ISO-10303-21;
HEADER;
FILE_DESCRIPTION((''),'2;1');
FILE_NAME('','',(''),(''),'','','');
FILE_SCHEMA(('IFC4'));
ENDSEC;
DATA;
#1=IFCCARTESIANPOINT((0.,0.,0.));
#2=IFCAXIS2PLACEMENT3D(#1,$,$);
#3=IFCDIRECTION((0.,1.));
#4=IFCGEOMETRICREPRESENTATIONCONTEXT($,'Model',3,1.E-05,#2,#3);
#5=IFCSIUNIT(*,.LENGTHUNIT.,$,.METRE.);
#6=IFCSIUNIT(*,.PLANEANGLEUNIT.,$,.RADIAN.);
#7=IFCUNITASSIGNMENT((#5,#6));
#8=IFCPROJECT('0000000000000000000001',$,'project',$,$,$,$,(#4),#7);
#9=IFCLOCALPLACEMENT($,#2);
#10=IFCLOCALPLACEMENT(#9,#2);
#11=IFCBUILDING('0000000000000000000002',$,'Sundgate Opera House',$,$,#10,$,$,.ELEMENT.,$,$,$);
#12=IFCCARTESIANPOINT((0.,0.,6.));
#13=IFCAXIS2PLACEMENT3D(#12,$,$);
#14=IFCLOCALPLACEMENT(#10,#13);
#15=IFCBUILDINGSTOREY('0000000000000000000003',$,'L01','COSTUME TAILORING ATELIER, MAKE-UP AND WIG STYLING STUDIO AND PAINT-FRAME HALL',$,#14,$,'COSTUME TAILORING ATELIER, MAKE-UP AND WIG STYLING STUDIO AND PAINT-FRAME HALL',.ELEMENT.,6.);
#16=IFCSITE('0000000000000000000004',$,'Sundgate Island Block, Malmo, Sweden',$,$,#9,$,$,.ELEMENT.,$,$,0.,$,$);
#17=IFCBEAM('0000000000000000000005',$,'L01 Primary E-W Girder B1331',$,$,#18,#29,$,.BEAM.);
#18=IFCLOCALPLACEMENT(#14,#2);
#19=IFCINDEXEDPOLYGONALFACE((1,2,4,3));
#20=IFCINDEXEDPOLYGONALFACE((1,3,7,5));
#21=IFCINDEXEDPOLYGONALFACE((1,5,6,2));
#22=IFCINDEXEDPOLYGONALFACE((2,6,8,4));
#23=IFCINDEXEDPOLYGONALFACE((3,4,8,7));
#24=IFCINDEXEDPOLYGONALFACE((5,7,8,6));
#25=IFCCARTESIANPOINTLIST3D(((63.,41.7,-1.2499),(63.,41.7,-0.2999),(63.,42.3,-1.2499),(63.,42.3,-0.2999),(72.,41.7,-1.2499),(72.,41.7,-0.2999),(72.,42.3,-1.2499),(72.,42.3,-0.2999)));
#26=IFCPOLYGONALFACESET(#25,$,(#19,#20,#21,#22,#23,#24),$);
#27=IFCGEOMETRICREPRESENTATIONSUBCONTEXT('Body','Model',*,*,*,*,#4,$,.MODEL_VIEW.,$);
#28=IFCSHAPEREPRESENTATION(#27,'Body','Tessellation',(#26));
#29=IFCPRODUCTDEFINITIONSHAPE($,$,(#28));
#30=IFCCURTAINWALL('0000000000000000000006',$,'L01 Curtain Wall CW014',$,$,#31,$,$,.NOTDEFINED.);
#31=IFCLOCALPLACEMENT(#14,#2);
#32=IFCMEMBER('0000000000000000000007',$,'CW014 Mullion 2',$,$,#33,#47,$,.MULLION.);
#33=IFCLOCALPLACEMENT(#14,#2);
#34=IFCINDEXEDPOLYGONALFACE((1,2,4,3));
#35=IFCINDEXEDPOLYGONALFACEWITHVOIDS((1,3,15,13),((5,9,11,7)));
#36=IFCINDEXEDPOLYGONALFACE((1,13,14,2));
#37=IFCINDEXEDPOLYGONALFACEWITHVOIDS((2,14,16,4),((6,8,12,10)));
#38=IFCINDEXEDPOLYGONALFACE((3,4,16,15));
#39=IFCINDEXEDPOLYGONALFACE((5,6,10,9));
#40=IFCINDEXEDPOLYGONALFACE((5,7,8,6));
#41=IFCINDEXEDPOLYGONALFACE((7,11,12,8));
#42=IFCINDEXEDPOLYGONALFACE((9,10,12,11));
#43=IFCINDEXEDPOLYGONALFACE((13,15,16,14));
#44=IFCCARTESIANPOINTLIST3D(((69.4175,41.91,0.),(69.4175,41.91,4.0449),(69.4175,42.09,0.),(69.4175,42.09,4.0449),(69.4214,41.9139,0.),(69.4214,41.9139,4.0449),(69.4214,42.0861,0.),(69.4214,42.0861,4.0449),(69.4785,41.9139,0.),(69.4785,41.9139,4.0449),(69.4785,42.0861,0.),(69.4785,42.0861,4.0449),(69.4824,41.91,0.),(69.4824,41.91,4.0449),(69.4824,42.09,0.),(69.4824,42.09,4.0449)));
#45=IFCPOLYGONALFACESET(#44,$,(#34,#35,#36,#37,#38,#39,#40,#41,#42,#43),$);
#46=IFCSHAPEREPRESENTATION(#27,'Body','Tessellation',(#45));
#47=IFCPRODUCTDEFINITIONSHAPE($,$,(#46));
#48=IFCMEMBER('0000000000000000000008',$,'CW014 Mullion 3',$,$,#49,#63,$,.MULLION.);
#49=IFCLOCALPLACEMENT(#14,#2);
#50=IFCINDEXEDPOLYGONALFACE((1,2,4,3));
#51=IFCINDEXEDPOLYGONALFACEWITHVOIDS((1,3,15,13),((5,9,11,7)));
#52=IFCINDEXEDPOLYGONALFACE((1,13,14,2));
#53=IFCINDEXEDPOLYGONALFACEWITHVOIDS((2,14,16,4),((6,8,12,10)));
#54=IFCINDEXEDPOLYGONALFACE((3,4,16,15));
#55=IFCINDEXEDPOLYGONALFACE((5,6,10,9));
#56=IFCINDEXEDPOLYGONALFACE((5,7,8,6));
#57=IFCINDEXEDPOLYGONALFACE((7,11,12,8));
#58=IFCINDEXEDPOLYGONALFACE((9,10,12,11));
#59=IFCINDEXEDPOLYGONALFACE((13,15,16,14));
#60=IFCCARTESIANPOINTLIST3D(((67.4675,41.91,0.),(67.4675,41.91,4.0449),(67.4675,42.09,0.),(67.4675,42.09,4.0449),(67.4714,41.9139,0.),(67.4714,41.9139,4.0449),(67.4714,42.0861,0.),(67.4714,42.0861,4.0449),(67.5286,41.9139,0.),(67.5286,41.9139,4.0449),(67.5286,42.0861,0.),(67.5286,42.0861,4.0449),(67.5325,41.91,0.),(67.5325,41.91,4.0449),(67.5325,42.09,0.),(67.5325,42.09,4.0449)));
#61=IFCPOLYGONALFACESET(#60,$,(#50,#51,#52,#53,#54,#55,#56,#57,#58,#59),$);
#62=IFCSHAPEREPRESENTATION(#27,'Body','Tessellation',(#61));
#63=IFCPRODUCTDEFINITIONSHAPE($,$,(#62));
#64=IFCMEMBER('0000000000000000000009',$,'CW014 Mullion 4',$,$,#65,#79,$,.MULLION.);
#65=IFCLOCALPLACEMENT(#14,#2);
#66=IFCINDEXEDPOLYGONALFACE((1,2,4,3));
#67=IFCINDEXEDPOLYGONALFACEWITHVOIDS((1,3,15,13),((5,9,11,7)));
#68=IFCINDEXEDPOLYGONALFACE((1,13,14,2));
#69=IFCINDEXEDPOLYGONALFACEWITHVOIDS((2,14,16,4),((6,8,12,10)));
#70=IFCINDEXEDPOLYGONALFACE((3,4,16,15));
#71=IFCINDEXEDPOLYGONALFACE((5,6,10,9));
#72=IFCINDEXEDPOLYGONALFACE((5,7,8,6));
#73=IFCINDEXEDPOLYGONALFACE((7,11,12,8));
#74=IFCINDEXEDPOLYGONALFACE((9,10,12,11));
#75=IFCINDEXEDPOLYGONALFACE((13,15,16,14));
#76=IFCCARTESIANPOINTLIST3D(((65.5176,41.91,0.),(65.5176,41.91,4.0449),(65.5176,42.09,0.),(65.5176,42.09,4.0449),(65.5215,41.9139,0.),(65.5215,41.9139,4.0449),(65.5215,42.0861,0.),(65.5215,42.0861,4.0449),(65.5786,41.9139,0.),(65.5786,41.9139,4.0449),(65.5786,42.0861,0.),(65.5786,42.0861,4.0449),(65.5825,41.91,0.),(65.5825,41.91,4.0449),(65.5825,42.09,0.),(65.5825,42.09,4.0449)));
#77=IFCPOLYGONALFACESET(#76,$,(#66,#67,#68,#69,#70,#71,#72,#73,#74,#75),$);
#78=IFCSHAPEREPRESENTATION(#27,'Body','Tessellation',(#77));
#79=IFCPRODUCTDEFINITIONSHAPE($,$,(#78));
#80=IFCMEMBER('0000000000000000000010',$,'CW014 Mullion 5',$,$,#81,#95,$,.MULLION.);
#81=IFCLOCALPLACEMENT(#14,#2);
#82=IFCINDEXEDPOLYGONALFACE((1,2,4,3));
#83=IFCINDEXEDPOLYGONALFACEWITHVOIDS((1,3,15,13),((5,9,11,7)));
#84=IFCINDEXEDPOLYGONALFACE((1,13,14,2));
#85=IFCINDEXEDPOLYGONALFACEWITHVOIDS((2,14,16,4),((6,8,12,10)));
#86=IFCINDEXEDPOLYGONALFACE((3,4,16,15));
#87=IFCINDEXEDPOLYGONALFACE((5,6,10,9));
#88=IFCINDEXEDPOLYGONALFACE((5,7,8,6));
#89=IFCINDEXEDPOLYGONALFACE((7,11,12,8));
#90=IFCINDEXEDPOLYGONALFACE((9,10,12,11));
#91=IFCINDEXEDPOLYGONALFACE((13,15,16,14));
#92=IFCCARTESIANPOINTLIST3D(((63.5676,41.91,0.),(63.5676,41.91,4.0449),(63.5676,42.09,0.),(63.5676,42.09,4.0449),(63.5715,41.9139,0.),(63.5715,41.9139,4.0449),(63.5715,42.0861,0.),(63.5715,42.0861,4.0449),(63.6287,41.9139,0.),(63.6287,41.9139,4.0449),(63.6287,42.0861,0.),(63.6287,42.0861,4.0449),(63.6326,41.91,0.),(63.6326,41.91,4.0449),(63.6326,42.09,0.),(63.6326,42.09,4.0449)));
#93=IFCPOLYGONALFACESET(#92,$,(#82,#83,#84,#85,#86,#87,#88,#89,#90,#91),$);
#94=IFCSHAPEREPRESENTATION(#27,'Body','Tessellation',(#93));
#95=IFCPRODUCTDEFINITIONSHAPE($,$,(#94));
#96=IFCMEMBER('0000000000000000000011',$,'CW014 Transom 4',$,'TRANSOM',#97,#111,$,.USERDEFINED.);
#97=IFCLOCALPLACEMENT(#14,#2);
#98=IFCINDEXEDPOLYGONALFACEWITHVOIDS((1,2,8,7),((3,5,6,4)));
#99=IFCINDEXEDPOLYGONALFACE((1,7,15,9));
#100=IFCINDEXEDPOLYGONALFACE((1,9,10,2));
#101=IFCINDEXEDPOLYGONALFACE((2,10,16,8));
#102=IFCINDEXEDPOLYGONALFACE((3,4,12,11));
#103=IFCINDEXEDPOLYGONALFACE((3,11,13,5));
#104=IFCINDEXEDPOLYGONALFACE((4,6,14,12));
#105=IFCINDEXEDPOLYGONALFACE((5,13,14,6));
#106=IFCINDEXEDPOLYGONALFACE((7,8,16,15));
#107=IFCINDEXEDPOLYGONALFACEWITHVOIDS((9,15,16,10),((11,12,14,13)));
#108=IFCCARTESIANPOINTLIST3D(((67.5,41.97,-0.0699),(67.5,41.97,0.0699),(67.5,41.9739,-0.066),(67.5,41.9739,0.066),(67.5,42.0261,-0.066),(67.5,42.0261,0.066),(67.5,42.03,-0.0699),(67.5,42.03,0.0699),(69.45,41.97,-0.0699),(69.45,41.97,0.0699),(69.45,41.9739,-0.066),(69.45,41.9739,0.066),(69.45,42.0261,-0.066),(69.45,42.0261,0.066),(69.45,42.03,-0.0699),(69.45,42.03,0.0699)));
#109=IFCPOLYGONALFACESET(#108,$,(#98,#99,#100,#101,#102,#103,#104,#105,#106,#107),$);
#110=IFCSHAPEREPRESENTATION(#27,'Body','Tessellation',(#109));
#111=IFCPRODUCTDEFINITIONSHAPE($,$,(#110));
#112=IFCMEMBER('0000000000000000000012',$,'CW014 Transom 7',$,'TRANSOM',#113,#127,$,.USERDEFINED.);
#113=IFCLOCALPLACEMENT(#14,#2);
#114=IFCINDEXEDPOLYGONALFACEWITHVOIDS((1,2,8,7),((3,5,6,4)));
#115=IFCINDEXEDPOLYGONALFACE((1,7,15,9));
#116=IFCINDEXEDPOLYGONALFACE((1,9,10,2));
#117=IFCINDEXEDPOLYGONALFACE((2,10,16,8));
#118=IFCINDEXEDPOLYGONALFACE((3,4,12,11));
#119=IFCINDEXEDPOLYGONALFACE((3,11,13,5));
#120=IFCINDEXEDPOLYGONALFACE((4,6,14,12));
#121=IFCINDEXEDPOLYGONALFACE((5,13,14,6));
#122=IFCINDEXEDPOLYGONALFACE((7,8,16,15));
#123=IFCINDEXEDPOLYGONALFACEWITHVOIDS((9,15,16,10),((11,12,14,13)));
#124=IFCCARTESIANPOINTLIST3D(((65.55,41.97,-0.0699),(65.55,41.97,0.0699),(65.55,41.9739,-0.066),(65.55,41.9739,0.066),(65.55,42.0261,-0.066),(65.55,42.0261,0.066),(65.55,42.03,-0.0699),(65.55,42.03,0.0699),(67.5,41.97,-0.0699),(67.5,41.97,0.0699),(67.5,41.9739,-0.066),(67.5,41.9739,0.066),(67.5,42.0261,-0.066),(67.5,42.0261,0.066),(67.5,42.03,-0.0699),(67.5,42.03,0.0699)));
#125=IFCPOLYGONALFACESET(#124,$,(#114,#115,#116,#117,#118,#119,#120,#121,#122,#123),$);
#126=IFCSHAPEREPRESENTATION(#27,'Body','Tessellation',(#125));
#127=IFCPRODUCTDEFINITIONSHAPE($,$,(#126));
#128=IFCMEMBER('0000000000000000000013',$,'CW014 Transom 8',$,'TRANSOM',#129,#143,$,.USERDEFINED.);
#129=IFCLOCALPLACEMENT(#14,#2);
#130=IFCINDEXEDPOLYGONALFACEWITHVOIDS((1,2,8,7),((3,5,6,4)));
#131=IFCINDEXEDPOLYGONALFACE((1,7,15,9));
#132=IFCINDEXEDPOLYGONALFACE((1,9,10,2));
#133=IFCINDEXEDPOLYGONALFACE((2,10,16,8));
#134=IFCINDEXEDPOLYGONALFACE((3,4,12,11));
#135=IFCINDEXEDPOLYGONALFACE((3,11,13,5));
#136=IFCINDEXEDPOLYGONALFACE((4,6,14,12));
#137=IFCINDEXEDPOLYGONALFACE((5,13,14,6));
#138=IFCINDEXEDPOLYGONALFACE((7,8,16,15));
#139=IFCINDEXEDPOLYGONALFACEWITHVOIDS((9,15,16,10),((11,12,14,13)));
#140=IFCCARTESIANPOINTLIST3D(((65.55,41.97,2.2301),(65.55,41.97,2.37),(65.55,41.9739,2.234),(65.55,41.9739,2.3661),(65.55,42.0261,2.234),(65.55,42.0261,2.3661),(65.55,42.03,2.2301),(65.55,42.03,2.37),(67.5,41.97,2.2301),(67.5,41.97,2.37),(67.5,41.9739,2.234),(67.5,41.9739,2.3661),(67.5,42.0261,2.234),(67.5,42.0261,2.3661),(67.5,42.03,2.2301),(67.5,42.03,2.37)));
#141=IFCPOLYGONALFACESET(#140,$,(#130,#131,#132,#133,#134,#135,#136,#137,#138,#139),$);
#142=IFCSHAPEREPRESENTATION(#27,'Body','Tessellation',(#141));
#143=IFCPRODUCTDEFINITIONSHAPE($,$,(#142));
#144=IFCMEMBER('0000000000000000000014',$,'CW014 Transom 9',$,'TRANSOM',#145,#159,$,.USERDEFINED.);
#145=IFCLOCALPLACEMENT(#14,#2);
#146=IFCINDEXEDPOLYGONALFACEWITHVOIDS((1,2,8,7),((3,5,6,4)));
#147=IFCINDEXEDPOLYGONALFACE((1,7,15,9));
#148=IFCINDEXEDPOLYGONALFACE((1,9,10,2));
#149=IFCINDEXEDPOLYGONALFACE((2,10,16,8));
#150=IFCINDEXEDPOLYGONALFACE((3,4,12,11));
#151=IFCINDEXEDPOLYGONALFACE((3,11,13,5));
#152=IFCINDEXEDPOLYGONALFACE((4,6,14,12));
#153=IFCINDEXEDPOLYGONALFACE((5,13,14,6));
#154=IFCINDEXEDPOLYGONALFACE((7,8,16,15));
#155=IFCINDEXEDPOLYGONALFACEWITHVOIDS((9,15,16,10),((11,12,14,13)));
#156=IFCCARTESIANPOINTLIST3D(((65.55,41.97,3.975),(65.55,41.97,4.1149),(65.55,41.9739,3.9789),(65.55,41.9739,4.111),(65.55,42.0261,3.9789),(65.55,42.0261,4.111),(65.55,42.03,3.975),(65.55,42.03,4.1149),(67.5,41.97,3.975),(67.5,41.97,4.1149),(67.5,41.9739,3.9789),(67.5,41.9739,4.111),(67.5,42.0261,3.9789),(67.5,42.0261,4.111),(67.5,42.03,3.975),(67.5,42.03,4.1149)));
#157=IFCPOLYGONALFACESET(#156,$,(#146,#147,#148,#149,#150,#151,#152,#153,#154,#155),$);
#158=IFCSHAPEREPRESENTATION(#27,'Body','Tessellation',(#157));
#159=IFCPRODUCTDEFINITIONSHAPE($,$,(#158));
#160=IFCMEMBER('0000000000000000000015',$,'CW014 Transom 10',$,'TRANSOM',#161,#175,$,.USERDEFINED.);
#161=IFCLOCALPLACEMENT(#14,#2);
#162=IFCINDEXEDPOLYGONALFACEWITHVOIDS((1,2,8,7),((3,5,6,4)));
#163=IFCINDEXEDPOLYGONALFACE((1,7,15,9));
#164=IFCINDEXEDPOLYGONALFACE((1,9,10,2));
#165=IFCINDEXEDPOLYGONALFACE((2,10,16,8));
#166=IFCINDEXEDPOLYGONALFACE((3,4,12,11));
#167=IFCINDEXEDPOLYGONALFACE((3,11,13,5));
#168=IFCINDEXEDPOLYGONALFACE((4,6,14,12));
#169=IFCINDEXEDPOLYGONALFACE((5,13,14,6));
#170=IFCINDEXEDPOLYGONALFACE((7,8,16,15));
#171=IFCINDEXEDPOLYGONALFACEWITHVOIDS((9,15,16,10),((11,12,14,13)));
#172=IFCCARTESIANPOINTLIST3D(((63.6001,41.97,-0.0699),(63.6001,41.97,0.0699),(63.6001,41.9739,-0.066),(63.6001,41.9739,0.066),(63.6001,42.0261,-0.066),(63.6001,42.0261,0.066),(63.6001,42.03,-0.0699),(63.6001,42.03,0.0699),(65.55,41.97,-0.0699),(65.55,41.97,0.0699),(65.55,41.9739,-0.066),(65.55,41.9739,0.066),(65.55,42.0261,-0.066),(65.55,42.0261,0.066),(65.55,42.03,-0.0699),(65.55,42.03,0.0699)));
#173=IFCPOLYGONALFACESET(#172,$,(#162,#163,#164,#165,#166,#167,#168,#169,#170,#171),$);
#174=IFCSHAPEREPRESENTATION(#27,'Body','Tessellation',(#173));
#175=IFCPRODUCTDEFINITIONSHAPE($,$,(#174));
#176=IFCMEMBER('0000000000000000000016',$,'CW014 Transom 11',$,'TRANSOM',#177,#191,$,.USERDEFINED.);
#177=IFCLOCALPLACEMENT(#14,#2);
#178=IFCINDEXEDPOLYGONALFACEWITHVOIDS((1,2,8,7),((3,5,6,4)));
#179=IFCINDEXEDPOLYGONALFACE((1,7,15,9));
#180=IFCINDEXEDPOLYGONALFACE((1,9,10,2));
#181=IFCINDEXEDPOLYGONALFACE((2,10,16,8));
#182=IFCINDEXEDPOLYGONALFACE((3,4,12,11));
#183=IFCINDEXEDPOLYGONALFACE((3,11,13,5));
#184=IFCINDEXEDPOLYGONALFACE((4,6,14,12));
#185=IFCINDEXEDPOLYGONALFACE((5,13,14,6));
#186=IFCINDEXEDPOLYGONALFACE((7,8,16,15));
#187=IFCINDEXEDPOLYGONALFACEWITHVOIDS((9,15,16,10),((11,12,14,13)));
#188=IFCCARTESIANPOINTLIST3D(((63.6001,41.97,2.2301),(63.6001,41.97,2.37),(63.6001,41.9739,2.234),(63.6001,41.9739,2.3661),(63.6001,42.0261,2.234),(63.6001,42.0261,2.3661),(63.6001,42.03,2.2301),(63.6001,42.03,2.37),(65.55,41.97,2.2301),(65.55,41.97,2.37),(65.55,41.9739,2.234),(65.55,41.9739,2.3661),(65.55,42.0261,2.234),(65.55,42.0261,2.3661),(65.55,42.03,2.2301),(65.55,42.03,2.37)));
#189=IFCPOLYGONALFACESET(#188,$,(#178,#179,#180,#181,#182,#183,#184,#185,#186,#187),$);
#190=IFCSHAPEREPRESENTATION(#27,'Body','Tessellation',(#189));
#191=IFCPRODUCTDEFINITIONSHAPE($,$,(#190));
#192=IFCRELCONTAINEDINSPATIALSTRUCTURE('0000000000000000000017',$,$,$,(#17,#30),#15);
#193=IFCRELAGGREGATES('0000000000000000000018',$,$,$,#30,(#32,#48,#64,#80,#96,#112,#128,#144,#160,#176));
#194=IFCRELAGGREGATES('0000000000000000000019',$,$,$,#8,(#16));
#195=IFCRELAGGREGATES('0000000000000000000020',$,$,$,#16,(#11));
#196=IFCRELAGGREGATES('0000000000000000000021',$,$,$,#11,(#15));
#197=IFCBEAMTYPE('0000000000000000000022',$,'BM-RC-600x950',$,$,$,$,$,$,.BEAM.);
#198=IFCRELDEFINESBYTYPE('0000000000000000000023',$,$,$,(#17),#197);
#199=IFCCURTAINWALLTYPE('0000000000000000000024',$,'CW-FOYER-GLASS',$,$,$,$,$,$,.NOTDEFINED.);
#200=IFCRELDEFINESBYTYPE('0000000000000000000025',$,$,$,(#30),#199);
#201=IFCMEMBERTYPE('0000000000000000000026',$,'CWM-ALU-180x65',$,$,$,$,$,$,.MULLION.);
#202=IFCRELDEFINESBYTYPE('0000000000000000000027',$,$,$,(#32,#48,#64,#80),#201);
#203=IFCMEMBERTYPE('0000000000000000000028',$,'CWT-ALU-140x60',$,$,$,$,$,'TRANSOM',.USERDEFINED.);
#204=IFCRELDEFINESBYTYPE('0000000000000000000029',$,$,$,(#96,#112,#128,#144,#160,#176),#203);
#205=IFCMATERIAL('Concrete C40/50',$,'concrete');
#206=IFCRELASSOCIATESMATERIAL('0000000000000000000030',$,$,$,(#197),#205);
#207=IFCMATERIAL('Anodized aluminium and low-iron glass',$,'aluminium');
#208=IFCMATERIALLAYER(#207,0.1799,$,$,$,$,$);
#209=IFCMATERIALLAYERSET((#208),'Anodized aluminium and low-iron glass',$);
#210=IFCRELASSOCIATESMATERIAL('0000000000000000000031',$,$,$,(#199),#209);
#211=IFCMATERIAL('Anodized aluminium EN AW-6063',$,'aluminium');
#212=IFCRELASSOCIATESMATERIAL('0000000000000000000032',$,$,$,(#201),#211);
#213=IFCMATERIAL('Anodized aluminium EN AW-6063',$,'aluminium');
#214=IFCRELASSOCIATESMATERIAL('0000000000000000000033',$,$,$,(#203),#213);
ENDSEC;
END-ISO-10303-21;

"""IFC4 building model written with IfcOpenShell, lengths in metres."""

from ifc_helpers import new_model, si_unit, direction, frame, origin, origin_2d, place, context, subcontext, project, spatial, rectangle, hollow_rectangle, extrude, material, layer, layer_set, material_profile, profile_set, type_object, element, aggregate, save


model = new_model("IFC4")

# Units and contexts
model_context = context("Model", 3, precision=1e-05, world=origin(), true_north=direction((0.0, 1.0)))
body_context = subcontext(model_context, "Body", "Model", "MODEL_VIEW")
ifc_project = project(units=[si_unit("LENGTHUNIT", "METRE"), si_unit("PLANEANGLEUNIT", "RADIAN")], contexts=[model_context])

# Site, building, storey
site_placement = place(None, origin())
site = spatial("IfcSite", under=ifc_project, at=site_placement, Name="Sundgate Island Block, Malmo, Sweden", CompositionType="ELEMENT", RefElevation=0.0)
building_placement = place(site_placement, origin())
building = spatial("IfcBuilding", under=site, at=building_placement, Name="Sundgate Opera House", CompositionType="ELEMENT")
storey_placement = place(building_placement, frame((0.0, 0.0, 6.0)))
storey = spatial("IfcBuildingStorey", under=building, at=storey_placement, Name="L01", Description="COSTUME TAILORING ATELIER, MAKE-UP AND WIG STYLING STUDIO AND PAINT-FRAME HALL", LongName="COSTUME TAILORING ATELIER, MAKE-UP AND WIG STYLING STUDIO AND PAINT-FRAME HALL", CompositionType="ELEMENT", Elevation=6.0)

# Beam
ifc_material_1 = material(Name="Concrete C40/50", Category="concrete")
ifc_material_profile_1 = material_profile(ifc_material_1, rectangle(XDim=0.6001, YDim=0.95, at=origin_2d()), Name="RC 600x950")
ifc_profile_set_1 = profile_set([ifc_material_profile_1], Name="Concrete C40/50")
beam_type = type_object("IfcBeamType", Name="BM-RC-600x950", PredefinedType="BEAM", material=ifc_profile_set_1)
beam_placement = place(storey_placement, frame((63.0, 42.0, -0.7749), z_axis=(1.0, 0.0, 0.0), x_axis=(0.0, 1.0, 0.0)))
element("IfcBeam", 1, at=beam_placement, inside=storey, type_object=beam_type, Name="L01 Primary E-W Girder B1331", PredefinedType="BEAM", context=body_context, shape_type="SweptSolid", body=[
    extrude(rectangle(XDim=0.6001, YDim=0.95, at=origin_2d()), origin(), (0.0, 0.0, 1.0), 9.0),
])

# Curtain wall, members
ifc_material_2 = material(Name="Anodized aluminium and low-iron glass", Category="aluminium")
ifc_layer_1 = layer(ifc_material_2, 0.1799)
ifc_layer_set_1 = layer_set([ifc_layer_1], Name="Anodized aluminium and low-iron glass")
curtain_wall_type = type_object("IfcCurtainWallType", Name="CW-FOYER-GLASS", PredefinedType="NOTDEFINED", material=ifc_layer_set_1)
curtain_wall_placement = place(storey_placement, origin())
curtain_wall = element("IfcCurtainWall", 2, at=curtain_wall_placement, inside=storey, type_object=curtain_wall_type, Name="L01 Curtain Wall CW014", PredefinedType="NOTDEFINED")
ifc_material_3 = material(Name="Anodized aluminium EN AW-6063", Category="aluminium")
ifc_material_profile_2 = material_profile(ifc_material_3, hollow_rectangle(XDim=0.0649, YDim=0.1799, WallThickness=0.0039, at=origin_2d()), Name="CWM 180x65x4")
ifc_profile_set_2 = profile_set([ifc_material_profile_2], Name="Anodized aluminium EN AW-6063")
member_type_1 = type_object("IfcMemberType", Name="CWM-ALU-180x65", PredefinedType="MULLION", material=ifc_profile_set_2)
member_1_placement = place(storey_placement, frame((69.45, 42.0, 0.0), z_axis=(0.0, 0.0, 1.0), x_axis=(1.0, 0.0, 0.0)))
member_1 = element("IfcMember", 3, at=member_1_placement, type_object=member_type_1, Name="CW014 Mullion 2", PredefinedType="MULLION", context=body_context, shape_type="SweptSolid", body=[
    extrude(hollow_rectangle(XDim=0.0649, YDim=0.1799, WallThickness=0.0039, at=origin_2d()), origin(), (0.0, 0.0, 1.0), 4.0449),
])
member_2_placement = place(storey_placement, frame((67.5, 42.0, 0.0), z_axis=(0.0, 0.0, 1.0), x_axis=(1.0, 0.0, 0.0)))
member_2 = element("IfcMember", 4, at=member_2_placement, type_object=member_type_1, Name="CW014 Mullion 3", PredefinedType="MULLION", context=body_context, shape_type="SweptSolid", body=[
    extrude(hollow_rectangle(XDim=0.0649, YDim=0.1799, WallThickness=0.0039, at=origin_2d()), origin(), (0.0, 0.0, 1.0), 4.0449),
])
member_3_placement = place(storey_placement, frame((65.55, 42.0, 0.0), z_axis=(0.0, 0.0, 1.0), x_axis=(1.0, 0.0, 0.0)))
member_3 = element("IfcMember", 5, at=member_3_placement, type_object=member_type_1, Name="CW014 Mullion 4", PredefinedType="MULLION", context=body_context, shape_type="SweptSolid", body=[
    extrude(hollow_rectangle(XDim=0.0649, YDim=0.1799, WallThickness=0.0039, at=origin_2d()), origin(), (0.0, 0.0, 1.0), 4.0449),
])
member_4_placement = place(storey_placement, frame((63.6001, 42.0, 0.0), z_axis=(0.0, 0.0, 1.0), x_axis=(1.0, 0.0, 0.0)))
member_4 = element("IfcMember", 6, at=member_4_placement, type_object=member_type_1, Name="CW014 Mullion 5", PredefinedType="MULLION", context=body_context, shape_type="SweptSolid", body=[
    extrude(hollow_rectangle(XDim=0.0649, YDim=0.1799, WallThickness=0.0039, at=origin_2d()), origin(), (0.0, 0.0, 1.0), 4.0449),
])
ifc_material_4 = material(Name="Anodized aluminium EN AW-6063", Category="aluminium")
ifc_material_profile_3 = material_profile(ifc_material_4, hollow_rectangle(XDim=0.0601, YDim=0.1399, WallThickness=0.0039, at=origin_2d()), Name="CWT 140x60x4")
ifc_profile_set_3 = profile_set([ifc_material_profile_3], Name="Anodized aluminium EN AW-6063")
member_type_2 = type_object("IfcMemberType", Name="CWT-ALU-140x60", ElementType="TRANSOM", PredefinedType="USERDEFINED", material=ifc_profile_set_3)
member_5_placement = place(storey_placement, frame((69.45, 42.0, 0.0), z_axis=(-1.0, 0.0, 0.0), x_axis=(0.0, -1.0, 0.0)))
member_5 = element("IfcMember", 7, at=member_5_placement, type_object=member_type_2, Name="CW014 Transom 4", ObjectType="TRANSOM", PredefinedType="USERDEFINED", context=body_context, shape_type="SweptSolid", body=[
    extrude(hollow_rectangle(XDim=0.0601, YDim=0.1399, WallThickness=0.0039, at=origin_2d()), origin(), (0.0, 0.0, 1.0), 1.95),
])
member_6_placement = place(storey_placement, frame((67.5, 42.0, 0.0), z_axis=(-1.0, 0.0, 0.0), x_axis=(0.0, -1.0, 0.0)))
member_6 = element("IfcMember", 8, at=member_6_placement, type_object=member_type_2, Name="CW014 Transom 7", ObjectType="TRANSOM", PredefinedType="USERDEFINED", context=body_context, shape_type="SweptSolid", body=[
    extrude(hollow_rectangle(XDim=0.0601, YDim=0.1399, WallThickness=0.0039, at=origin_2d()), origin(), (0.0, 0.0, 1.0), 1.95),
])
member_7_placement = place(storey_placement, frame((67.5, 42.0, 2.3), z_axis=(-1.0, 0.0, 0.0), x_axis=(0.0, -1.0, 0.0)))
member_7 = element("IfcMember", 9, at=member_7_placement, type_object=member_type_2, Name="CW014 Transom 8", ObjectType="TRANSOM", PredefinedType="USERDEFINED", context=body_context, shape_type="SweptSolid", body=[
    extrude(hollow_rectangle(XDim=0.0601, YDim=0.1399, WallThickness=0.0039, at=origin_2d()), origin(), (0.0, 0.0, 1.0), 1.95),
])
member_8_placement = place(storey_placement, frame((67.5, 42.0, 4.0449), z_axis=(-1.0, 0.0, 0.0), x_axis=(0.0, -1.0, 0.0)))
member_8 = element("IfcMember", 10, at=member_8_placement, type_object=member_type_2, Name="CW014 Transom 9", ObjectType="TRANSOM", PredefinedType="USERDEFINED", context=body_context, shape_type="SweptSolid", body=[
    extrude(hollow_rectangle(XDim=0.0601, YDim=0.1399, WallThickness=0.0039, at=origin_2d()), origin(), (0.0, 0.0, 1.0), 1.95),
])
member_9_placement = place(storey_placement, frame((65.55, 42.0, 0.0), z_axis=(-1.0, 0.0, 0.0), x_axis=(0.0, -1.0, 0.0)))
member_9 = element("IfcMember", 11, at=member_9_placement, type_object=member_type_2, Name="CW014 Transom 10", ObjectType="TRANSOM", PredefinedType="USERDEFINED", context=body_context, shape_type="SweptSolid", body=[
    extrude(hollow_rectangle(XDim=0.0601, YDim=0.1399, WallThickness=0.0039, at=origin_2d()), origin(), (0.0, 0.0, 1.0), 1.95),
])
member_10_placement = place(storey_placement, frame((65.55, 42.0, 2.3), z_axis=(-1.0, 0.0, 0.0), x_axis=(0.0, -1.0, 0.0)))
member_10 = element("IfcMember", 12, at=member_10_placement, type_object=member_type_2, Name="CW014 Transom 11", ObjectType="TRANSOM", PredefinedType="USERDEFINED", context=body_context, shape_type="SweptSolid", body=[
    extrude(hollow_rectangle(XDim=0.0601, YDim=0.1399, WallThickness=0.0039, at=origin_2d()), origin(), (0.0, 0.0, 1.0), 1.95),
])
aggregate(curtain_wall, [member_1, member_2, member_3, member_4, member_5, member_6, member_7, member_8, member_9, member_10])

save(model, "model.ifc")
